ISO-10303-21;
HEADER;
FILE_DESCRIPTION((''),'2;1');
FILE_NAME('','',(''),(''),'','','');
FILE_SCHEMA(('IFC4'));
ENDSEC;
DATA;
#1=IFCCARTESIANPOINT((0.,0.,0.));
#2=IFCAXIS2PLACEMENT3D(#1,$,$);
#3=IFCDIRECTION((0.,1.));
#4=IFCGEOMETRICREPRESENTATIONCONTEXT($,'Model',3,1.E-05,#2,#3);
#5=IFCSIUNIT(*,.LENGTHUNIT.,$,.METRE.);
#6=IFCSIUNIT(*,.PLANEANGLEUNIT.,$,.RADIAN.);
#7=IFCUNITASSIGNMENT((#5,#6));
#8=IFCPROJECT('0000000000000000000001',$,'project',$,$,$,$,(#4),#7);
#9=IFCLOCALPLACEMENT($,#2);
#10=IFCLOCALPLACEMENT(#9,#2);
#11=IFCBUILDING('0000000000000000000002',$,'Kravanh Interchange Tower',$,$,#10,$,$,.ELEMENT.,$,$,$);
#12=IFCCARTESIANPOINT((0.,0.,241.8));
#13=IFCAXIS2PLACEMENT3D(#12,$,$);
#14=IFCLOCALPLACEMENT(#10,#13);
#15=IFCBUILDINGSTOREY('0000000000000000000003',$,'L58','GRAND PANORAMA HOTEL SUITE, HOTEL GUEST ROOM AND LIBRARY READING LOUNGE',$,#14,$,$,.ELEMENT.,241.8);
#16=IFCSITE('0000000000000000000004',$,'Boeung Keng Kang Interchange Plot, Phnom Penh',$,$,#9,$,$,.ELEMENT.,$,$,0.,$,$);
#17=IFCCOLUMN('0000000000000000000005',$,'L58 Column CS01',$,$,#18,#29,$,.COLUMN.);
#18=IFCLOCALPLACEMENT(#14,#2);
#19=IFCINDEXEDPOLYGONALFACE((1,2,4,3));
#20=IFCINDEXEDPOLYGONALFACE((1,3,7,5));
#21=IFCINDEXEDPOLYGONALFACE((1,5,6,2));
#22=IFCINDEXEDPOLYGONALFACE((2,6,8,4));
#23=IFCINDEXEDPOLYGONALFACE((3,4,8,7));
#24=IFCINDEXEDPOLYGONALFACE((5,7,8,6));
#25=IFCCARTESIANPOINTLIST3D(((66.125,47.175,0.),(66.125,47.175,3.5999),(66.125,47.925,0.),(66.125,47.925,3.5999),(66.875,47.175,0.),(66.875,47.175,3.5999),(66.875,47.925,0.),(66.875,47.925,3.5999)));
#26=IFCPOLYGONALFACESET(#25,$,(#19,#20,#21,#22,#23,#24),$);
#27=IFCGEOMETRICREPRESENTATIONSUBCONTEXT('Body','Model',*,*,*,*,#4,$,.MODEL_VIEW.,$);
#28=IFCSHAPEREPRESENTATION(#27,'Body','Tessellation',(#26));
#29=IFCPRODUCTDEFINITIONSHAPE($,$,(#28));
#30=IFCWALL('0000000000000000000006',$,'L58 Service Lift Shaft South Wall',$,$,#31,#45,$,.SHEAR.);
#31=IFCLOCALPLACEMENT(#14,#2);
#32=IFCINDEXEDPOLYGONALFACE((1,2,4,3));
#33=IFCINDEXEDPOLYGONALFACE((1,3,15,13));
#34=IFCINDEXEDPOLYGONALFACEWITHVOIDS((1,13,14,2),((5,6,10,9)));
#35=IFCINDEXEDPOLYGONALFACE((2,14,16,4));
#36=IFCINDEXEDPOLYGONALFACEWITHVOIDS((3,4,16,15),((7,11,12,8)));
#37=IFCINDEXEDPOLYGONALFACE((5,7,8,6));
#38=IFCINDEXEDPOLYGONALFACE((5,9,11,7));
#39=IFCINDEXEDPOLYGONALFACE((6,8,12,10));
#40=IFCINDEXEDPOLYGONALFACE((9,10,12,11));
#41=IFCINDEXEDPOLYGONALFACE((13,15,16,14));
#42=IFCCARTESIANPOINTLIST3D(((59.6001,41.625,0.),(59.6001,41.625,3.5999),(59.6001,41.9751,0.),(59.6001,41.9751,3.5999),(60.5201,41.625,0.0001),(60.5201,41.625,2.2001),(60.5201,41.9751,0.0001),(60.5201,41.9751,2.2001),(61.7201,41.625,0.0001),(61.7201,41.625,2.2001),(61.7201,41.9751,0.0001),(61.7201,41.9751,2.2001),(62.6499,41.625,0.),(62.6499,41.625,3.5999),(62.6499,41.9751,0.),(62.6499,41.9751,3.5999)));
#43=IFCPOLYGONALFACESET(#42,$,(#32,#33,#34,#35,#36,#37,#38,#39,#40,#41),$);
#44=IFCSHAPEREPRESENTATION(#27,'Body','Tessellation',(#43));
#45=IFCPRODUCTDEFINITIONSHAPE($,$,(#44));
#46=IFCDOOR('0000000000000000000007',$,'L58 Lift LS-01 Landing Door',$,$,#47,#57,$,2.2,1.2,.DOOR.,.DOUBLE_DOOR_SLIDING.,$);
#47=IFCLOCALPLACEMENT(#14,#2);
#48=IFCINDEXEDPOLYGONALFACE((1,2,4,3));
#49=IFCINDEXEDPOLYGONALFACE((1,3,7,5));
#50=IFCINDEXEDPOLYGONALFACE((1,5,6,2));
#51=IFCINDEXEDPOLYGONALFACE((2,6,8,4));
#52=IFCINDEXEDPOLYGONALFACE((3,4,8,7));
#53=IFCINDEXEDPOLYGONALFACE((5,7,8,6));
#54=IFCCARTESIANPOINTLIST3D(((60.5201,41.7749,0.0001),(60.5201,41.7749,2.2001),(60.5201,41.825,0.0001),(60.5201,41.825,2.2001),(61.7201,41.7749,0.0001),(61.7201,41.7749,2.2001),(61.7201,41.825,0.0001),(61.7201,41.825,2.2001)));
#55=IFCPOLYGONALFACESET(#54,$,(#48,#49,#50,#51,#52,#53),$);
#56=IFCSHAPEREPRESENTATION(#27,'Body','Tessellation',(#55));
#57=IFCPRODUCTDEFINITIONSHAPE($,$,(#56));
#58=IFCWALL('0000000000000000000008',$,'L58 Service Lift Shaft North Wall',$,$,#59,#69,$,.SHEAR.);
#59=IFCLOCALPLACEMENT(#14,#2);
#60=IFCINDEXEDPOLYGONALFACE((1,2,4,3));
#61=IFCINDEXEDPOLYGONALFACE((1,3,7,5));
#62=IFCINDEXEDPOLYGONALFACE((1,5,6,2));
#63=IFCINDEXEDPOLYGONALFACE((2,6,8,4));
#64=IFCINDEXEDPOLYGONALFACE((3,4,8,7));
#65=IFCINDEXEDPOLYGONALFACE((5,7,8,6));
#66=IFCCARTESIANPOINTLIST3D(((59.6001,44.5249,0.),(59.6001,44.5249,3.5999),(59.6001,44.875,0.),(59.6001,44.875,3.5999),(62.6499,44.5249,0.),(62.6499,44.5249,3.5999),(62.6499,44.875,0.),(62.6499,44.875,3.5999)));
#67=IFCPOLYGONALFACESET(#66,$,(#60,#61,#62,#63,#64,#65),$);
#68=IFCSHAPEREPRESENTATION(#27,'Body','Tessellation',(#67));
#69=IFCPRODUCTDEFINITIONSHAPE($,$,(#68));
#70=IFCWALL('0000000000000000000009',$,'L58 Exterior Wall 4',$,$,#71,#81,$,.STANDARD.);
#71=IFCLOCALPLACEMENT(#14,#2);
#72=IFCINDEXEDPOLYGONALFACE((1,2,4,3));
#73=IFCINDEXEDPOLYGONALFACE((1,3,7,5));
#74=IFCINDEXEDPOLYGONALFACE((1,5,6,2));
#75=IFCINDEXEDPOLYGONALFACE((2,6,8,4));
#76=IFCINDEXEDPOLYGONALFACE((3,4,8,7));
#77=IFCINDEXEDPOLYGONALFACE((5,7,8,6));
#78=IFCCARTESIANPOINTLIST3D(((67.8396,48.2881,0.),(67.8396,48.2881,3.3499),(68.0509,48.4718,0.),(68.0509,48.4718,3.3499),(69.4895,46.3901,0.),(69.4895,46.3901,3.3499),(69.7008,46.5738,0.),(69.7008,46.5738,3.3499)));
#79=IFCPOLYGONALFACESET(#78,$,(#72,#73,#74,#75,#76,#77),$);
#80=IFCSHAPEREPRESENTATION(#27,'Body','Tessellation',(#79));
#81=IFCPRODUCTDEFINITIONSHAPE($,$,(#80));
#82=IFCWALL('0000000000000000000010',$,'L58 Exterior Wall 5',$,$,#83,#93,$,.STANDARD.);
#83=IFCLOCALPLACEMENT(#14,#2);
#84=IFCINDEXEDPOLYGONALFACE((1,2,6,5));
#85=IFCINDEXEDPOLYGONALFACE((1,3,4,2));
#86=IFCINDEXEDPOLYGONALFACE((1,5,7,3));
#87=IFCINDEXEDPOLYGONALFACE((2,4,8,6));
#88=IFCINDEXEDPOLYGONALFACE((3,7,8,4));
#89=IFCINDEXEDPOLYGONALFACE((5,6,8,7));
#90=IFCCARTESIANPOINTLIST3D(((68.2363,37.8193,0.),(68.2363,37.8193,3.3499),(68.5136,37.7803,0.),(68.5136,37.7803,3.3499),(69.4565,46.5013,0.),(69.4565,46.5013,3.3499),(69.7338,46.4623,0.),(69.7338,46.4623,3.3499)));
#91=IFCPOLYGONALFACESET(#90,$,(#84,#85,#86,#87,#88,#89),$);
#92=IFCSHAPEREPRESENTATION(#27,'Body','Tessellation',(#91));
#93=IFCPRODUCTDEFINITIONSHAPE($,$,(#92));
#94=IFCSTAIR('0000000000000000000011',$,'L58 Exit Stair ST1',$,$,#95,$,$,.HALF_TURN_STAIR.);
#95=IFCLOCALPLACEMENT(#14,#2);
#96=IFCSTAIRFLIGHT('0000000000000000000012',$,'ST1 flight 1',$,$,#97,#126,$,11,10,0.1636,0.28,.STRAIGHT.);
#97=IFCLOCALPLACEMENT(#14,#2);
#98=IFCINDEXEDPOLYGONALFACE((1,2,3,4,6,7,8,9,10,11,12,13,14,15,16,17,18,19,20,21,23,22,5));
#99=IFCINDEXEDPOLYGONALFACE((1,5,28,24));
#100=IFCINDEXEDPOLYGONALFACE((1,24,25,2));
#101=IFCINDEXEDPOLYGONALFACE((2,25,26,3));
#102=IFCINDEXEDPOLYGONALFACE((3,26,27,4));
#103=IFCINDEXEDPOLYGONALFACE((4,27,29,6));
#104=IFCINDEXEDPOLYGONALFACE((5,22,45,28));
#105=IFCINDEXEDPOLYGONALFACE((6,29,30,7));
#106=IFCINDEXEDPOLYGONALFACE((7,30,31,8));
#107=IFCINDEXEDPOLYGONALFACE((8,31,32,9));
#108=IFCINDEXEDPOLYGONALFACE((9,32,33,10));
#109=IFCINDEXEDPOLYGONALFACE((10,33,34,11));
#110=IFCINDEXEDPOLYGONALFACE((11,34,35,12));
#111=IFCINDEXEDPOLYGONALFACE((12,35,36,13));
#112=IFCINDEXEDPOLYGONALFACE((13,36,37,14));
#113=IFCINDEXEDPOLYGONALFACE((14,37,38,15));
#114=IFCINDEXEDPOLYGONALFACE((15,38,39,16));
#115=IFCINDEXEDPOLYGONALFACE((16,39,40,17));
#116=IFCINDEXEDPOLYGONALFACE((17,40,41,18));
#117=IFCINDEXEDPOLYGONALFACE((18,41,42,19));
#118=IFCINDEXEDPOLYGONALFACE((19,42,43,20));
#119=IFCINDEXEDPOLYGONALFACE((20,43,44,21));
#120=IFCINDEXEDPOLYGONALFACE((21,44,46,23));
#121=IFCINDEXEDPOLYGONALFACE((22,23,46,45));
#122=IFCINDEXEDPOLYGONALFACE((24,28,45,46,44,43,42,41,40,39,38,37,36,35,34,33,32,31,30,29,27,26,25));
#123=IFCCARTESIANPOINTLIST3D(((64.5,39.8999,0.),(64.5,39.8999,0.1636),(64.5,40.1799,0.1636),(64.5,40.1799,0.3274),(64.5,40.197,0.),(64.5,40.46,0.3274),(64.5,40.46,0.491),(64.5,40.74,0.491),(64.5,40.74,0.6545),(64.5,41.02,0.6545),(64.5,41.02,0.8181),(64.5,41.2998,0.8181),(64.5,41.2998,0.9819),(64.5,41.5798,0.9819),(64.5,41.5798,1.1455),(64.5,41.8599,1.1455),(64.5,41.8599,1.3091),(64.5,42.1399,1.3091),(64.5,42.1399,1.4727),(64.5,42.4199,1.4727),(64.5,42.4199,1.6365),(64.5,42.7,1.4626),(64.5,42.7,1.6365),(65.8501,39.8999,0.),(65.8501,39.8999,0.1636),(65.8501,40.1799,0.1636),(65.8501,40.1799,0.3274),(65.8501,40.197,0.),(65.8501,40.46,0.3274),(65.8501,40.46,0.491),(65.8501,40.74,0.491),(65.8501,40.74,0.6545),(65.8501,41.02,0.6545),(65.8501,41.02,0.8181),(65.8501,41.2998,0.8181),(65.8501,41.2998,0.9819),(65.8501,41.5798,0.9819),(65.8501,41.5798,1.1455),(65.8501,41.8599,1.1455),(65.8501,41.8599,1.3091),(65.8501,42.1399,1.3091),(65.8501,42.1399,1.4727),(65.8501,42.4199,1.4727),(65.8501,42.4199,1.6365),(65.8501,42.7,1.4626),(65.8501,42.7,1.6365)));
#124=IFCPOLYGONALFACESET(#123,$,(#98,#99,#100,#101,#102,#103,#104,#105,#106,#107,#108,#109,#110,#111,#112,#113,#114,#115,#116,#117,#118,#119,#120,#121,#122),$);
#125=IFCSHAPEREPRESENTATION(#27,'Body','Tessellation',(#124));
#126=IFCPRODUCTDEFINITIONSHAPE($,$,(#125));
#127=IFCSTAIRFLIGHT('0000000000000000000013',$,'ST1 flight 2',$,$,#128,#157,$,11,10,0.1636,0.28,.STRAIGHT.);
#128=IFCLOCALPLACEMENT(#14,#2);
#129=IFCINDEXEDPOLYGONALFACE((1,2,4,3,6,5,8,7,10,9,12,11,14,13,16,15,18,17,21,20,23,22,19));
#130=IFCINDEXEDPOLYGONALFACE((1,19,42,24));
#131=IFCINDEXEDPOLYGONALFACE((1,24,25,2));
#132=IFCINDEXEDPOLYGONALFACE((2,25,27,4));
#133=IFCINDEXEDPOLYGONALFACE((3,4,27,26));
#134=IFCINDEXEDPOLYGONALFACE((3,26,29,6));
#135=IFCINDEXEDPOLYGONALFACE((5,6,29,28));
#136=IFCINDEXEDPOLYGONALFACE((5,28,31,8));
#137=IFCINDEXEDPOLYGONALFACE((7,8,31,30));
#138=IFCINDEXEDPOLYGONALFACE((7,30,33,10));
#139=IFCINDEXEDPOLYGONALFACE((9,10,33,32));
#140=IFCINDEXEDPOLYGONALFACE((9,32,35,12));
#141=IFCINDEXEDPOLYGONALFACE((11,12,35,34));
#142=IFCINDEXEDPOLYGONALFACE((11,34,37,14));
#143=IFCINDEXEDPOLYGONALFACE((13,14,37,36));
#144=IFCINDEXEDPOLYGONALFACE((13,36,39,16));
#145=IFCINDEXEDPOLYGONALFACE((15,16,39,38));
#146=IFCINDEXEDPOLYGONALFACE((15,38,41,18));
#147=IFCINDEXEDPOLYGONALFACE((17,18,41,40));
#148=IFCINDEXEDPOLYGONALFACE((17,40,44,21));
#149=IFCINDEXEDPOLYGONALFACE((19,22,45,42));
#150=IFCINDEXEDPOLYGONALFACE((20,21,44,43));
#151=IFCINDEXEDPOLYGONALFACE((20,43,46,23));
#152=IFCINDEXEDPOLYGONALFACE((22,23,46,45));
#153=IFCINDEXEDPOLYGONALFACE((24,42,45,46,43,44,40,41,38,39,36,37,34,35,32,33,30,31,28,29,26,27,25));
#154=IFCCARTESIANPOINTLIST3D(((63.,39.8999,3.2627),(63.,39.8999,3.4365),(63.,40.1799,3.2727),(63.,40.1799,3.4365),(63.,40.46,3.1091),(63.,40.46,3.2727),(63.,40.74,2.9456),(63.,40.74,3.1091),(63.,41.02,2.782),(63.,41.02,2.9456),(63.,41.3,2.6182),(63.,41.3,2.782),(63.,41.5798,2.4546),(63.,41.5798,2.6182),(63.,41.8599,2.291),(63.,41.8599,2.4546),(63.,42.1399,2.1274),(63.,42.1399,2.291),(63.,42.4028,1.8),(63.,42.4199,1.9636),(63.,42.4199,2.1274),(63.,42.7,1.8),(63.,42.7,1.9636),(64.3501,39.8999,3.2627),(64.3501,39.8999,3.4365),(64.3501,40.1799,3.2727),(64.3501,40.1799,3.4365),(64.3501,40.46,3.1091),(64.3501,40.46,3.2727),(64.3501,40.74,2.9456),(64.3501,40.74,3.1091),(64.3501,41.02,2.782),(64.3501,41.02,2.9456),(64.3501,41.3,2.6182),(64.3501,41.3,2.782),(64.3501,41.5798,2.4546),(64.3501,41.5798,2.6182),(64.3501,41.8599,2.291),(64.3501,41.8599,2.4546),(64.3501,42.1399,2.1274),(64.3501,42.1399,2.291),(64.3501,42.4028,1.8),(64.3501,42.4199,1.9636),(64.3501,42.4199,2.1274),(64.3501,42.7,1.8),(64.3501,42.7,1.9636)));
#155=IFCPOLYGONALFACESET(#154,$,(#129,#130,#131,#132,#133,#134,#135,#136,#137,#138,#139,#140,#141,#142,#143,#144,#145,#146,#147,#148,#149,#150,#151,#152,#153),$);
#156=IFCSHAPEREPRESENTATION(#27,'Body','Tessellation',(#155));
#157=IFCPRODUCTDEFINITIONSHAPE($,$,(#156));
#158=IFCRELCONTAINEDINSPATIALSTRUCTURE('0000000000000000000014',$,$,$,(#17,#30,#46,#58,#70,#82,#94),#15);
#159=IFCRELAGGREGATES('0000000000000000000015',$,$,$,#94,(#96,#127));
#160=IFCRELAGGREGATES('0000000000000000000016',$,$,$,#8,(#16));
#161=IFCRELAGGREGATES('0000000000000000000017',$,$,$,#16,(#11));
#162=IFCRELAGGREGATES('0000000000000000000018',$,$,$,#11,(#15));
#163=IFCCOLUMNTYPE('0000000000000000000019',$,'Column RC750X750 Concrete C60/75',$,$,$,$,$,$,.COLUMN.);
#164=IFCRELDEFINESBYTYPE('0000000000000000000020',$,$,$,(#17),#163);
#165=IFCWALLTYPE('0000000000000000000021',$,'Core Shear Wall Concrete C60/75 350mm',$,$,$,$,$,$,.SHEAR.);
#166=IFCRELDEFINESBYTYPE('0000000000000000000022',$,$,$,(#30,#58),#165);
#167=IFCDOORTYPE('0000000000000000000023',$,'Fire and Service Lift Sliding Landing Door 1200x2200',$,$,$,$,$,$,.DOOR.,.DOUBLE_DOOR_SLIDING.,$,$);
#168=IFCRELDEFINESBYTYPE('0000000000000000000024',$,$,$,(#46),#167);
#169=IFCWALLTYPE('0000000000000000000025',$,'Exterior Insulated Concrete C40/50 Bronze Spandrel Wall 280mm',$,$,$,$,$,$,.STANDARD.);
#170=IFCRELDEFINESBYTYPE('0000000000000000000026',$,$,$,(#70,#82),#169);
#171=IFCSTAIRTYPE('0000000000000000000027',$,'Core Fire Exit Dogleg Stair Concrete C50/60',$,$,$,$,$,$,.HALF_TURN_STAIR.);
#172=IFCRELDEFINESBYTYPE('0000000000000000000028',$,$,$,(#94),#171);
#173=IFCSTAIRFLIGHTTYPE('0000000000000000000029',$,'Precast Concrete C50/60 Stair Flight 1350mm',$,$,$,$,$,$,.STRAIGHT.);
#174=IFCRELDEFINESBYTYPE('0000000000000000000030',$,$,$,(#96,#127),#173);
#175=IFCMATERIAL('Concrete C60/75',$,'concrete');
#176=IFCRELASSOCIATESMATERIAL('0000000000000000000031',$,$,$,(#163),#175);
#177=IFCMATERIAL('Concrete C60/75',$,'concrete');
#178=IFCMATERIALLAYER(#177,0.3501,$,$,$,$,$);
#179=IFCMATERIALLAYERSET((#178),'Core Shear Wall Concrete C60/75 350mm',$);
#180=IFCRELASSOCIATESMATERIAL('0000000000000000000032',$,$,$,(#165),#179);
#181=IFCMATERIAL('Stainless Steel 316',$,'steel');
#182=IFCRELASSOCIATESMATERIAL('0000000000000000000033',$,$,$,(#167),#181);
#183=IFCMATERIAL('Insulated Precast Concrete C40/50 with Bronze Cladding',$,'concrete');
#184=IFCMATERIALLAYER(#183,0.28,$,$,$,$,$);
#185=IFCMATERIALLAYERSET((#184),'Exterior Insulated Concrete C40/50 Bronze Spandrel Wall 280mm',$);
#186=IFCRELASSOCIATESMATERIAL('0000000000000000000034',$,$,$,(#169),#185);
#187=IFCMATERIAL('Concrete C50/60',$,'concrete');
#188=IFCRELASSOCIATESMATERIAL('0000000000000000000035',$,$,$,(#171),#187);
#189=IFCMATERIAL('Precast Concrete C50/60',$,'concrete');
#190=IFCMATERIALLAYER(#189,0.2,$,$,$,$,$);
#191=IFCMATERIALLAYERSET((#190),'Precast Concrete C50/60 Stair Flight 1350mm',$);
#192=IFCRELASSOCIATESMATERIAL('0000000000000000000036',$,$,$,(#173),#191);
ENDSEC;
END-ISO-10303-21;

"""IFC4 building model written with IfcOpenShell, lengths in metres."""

from ifc_helpers import new_model, si_unit, direction, frame, frame_2d, origin, origin_2d, place, context, subcontext, project, spatial, polyline, rectangle, outline, extrude, material, layer, layer_set, material_profile, profile_set, type_object, element, fill, aggregate, save


model = new_model("IFC4")

# Units and contexts
model_context = context("Model", 3, precision=1e-05, world=origin(), true_north=direction((0.0, 1.0)))
body_context = subcontext(model_context, "Body", "Model", "MODEL_VIEW")
ifc_project = project(units=[si_unit("LENGTHUNIT", "METRE"), si_unit("PLANEANGLEUNIT", "RADIAN")], contexts=[model_context])

# Site, building, storey
site_placement = place(None, origin())
site = spatial("IfcSite", under=ifc_project, at=site_placement, Name="Boeung Keng Kang Interchange Plot, Phnom Penh", CompositionType="ELEMENT", RefElevation=0.0)
building_placement = place(site_placement, origin())
building = spatial("IfcBuilding", under=site, at=building_placement, Name="Kravanh Interchange Tower", CompositionType="ELEMENT")
storey_placement = place(building_placement, frame((0.0, 0.0, 241.8)))
storey = spatial("IfcBuildingStorey", under=building, at=storey_placement, Name="L58", Description="GRAND PANORAMA HOTEL SUITE, HOTEL GUEST ROOM AND LIBRARY READING LOUNGE", CompositionType="ELEMENT", Elevation=241.8)

# Column
ifc_material_1 = material(Name="Concrete C60/75", Category="concrete")
ifc_material_profile = material_profile(ifc_material_1, rectangle(XDim=0.75, YDim=0.75, at=origin_2d()), Name="RC750X750")
ifc_profile_set = profile_set([ifc_material_profile], Name="Concrete C60/75")
column_type = type_object("IfcColumnType", Name="Column RC750X750 Concrete C60/75", PredefinedType="COLUMN", material=ifc_profile_set)
column_placement = place(storey_placement, frame((66.5, 47.55, 0.0), z_axis=(0.0, 0.0, 1.0), x_axis=(1.0, 0.0, 0.0)))
element("IfcColumn", 1, at=column_placement, inside=storey, type_object=column_type, Name="L58 Column CS01", PredefinedType="COLUMN", context=body_context, shape_type="SweptSolid", body=[
    extrude(rectangle(XDim=0.75, YDim=0.75, at=origin_2d()), origin(), (0.0, 0.0, 1.0), 3.5999),
])

# Wall, opening, door
ifc_material_2 = material(Name="Concrete C60/75", Category="concrete")
ifc_layer_1 = layer(ifc_material_2, 0.3501)
ifc_layer_set_1 = layer_set([ifc_layer_1], Name="Core Shear Wall Concrete C60/75 350mm")
wall_type_1 = type_object("IfcWallType", Name="Core Shear Wall Concrete C60/75 350mm", PredefinedType="SHEAR", material=ifc_layer_set_1)
wall_1_placement = place(storey_placement, frame((59.6001, 41.8, 0.0), z_axis=(0.0, 0.0, 1.0), x_axis=(1.0, 0.0, 0.0)))
wall_1 = element("IfcWall", 2, at=wall_1_placement, inside=storey, type_object=wall_type_1, Name="L58 Service Lift Shaft South Wall", PredefinedType="SHEAR", context=body_context, shape_type="SweptSolid", body=[
    extrude(rectangle(XDim=3.0498, YDim=0.3501, at=frame_2d((1.5249, 0.0))), origin(), (0.0, 0.0, 1.0), 3.5999),
])
opening_placement = place(wall_1_placement, frame((0.9199, 0.0, 0.0)))
opening = element("IfcOpeningElement", 3, at=opening_placement, cuts=wall_1, PredefinedType="OPENING", context=body_context, shape_type="SweptSolid", body=[
    extrude(rectangle(XDim=1.2, YDim=2.2, at=frame_2d((0.6001, 1.1001))), frame((0.0, 0.1851, 0.0), z_axis=(0.0, -1.0, 0.0), x_axis=(1.0, 0.0, 0.0)), (0.0, 0.0, 1.0), 0.3701),
])
ifc_material_3 = material(Name="Stainless Steel 316", Category="steel")
door_type = type_object("IfcDoorType", Name="Fire and Service Lift Sliding Landing Door 1200x2200", OperationType="DOUBLE_DOOR_SLIDING", PredefinedType="DOOR", material=ifc_material_3)
door_placement = place(opening_placement, origin())
door = element("IfcDoor", 4, at=door_placement, inside=storey, type_object=door_type, Name="L58 Lift LS-01 Landing Door", OperationType="DOUBLE_DOOR_SLIDING", OverallHeight=2.2, OverallWidth=1.2, PredefinedType="DOOR", context=body_context, shape_type="SweptSolid", body=[
    extrude(rectangle(XDim=1.2, YDim=2.2, at=frame_2d((0.6001, 1.1001))), frame((0.0, 0.0249, 0.0), z_axis=(0.0, -1.0, 0.0), x_axis=(1.0, 0.0, 0.0)), (0.0, 0.0, 1.0), 0.05),
])
fill(opening, door)

# Walls
wall_2_placement = place(storey_placement, frame((59.6001, 44.7, 0.0), z_axis=(0.0, 0.0, 1.0), x_axis=(1.0, 0.0, 0.0)))
element("IfcWall", 5, at=wall_2_placement, inside=storey, type_object=wall_type_1, Name="L58 Service Lift Shaft North Wall", PredefinedType="SHEAR", context=body_context, shape_type="SweptSolid", body=[
    extrude(rectangle(XDim=3.0498, YDim=0.3501, at=frame_2d((1.5249, 0.0))), origin(), (0.0, 0.0, 1.0), 3.5999),
])
ifc_material_4 = material(Name="Insulated Precast Concrete C40/50 with Bronze Cladding", Category="concrete")
ifc_layer_2 = layer(ifc_material_4, 0.28)
ifc_layer_set_2 = layer_set([ifc_layer_2], Name="Exterior Insulated Concrete C40/50 Bronze Spandrel Wall 280mm")
wall_type_2 = type_object("IfcWallType", Name="Exterior Insulated Concrete C40/50 Bronze Spandrel Wall 280mm", PredefinedType="STANDARD", material=ifc_layer_set_2)
wall_3_placement = place(storey_placement, frame((67.9453, 48.3799, 0.0), z_axis=(0.0, 0.0, 1.0), x_axis=(0.656068, -0.754702, 0.0)))
element("IfcWall", 6, at=wall_3_placement, inside=storey, type_object=wall_type_2, Name="L58 Exterior Wall 4", PredefinedType="STANDARD", context=body_context, shape_type="SweptSolid", body=[
    extrude(rectangle(XDim=2.5149, YDim=0.28, at=frame_2d((1.2573, 0.0))), origin(), (0.0, 0.0, 1.0), 3.3499),
])
wall_4_placement = place(storey_placement, frame((69.5952, 46.4819, 0.0), z_axis=(0.0, 0.0, 1.0), x_axis=(-0.139179, -0.990267, 0.0)))
element("IfcWall", 7, at=wall_4_placement, inside=storey, type_object=wall_type_2, Name="L58 Exterior Wall 5", PredefinedType="STANDARD", context=body_context, shape_type="SweptSolid", body=[
    extrude(rectangle(XDim=8.7673, YDim=0.28, at=frame_2d((4.3838, 0.0))), origin(), (0.0, 0.0, 1.0), 3.3499),
])

# Stair, stair flights
ifc_material_5 = material(Name="Concrete C50/60", Category="concrete")
stair_type = type_object("IfcStairType", Name="Core Fire Exit Dogleg Stair Concrete C50/60", PredefinedType="HALF_TURN_STAIR", material=ifc_material_5)
stair_1_placement = place(storey_placement, origin())
stair_1 = element("IfcStair", 8, at=stair_1_placement, inside=storey, type_object=stair_type, Name="L58 Exit Stair ST1", PredefinedType="HALF_TURN_STAIR")
ifc_material_6 = material(Name="Precast Concrete C50/60", Category="concrete")
ifc_layer_3 = layer(ifc_material_6, 0.2)
ifc_layer_set_3 = layer_set([ifc_layer_3], Name="Precast Concrete C50/60 Stair Flight 1350mm")
stair_flight_type = type_object("IfcStairFlightType", Name="Precast Concrete C50/60 Stair Flight 1350mm", PredefinedType="STRAIGHT", material=ifc_layer_set_3)
stair_flight_1_placement = place(storey_placement, frame((65.175, 39.8999, 0.0), z_axis=(0.0, 0.0, 1.0), x_axis=(0.0, 1.0, 0.0)))
stair_flight_1 = element("IfcStairFlight", 9, at=stair_flight_1_placement, type_object=stair_flight_type, Name="ST1 flight 1", NumberOfRisers=11, NumberOfTreads=10, PredefinedType="STRAIGHT", RiserHeight=0.1636, TreadLength=0.28, context=body_context, shape_type="SweptSolid", body=[
    extrude(outline(polyline([(0.0, 0.0), (0.0, 0.1636), (0.28, 0.1636), (0.28, 0.3274), (0.5601, 0.3274), (0.5601, 0.491), (0.8401, 0.491), (0.8401, 0.6545), (1.1201, 0.6545), (1.1201, 0.8181), (1.3999, 0.8181), (1.3999, 0.9819), (1.6799, 0.9819), (1.6799, 1.1455), (1.96, 1.1455), (1.96, 1.3091), (2.24, 1.3091), (2.24, 1.4727), (2.52, 1.4727), (2.52, 1.6365), (2.8, 1.6365), (2.8, 1.8), (2.8, 1.4626), (0.2971, 0.0), (0.0, 0.0)])), frame((0.0, 0.675, 0.0), z_axis=(0.0, -1.0, 0.0), x_axis=(1.0, 0.0, 0.0)), (0.0, 0.0, 1.0), 1.3501),
])
stair_flight_2_placement = place(storey_placement, frame((63.675, 42.7, 1.8), z_axis=(0.0, 0.0, 1.0), x_axis=(0.0, -1.0, 0.0)))
stair_flight_2 = element("IfcStairFlight", 10, at=stair_flight_2_placement, type_object=stair_flight_type, Name="ST1 flight 2", NumberOfRisers=11, NumberOfTreads=10, PredefinedType="STRAIGHT", RiserHeight=0.1636, TreadLength=0.28, context=body_context, shape_type="SweptSolid", body=[
    extrude(outline(polyline([(0.0, 0.0), (0.0, 0.1636), (0.28, 0.1636), (0.28, 0.3274), (0.5601, 0.3274), (0.5601, 0.491), (0.8401, 0.491), (0.8401, 0.6545), (1.1201, 0.6545), (1.1201, 0.8181), (1.3999, 0.8181), (1.3999, 0.9819), (1.6799, 0.9819), (1.6799, 1.1455), (1.96, 1.1455), (1.96, 1.3091), (2.24, 1.3091), (2.24, 1.4727), (2.52, 1.4727), (2.52, 1.6365), (2.8, 1.6365), (2.8, 1.8), (2.8, 1.4626), (0.2971, 0.0), (0.0, 0.0)])), frame((0.0, 0.675, 0.0), z_axis=(0.0, -1.0, 0.0), x_axis=(1.0, 0.0, 0.0)), (0.0, 0.0, 1.0), 1.3501),
])
aggregate(stair_1, [stair_flight_1, stair_flight_2])

save(model, "model.ifc")
